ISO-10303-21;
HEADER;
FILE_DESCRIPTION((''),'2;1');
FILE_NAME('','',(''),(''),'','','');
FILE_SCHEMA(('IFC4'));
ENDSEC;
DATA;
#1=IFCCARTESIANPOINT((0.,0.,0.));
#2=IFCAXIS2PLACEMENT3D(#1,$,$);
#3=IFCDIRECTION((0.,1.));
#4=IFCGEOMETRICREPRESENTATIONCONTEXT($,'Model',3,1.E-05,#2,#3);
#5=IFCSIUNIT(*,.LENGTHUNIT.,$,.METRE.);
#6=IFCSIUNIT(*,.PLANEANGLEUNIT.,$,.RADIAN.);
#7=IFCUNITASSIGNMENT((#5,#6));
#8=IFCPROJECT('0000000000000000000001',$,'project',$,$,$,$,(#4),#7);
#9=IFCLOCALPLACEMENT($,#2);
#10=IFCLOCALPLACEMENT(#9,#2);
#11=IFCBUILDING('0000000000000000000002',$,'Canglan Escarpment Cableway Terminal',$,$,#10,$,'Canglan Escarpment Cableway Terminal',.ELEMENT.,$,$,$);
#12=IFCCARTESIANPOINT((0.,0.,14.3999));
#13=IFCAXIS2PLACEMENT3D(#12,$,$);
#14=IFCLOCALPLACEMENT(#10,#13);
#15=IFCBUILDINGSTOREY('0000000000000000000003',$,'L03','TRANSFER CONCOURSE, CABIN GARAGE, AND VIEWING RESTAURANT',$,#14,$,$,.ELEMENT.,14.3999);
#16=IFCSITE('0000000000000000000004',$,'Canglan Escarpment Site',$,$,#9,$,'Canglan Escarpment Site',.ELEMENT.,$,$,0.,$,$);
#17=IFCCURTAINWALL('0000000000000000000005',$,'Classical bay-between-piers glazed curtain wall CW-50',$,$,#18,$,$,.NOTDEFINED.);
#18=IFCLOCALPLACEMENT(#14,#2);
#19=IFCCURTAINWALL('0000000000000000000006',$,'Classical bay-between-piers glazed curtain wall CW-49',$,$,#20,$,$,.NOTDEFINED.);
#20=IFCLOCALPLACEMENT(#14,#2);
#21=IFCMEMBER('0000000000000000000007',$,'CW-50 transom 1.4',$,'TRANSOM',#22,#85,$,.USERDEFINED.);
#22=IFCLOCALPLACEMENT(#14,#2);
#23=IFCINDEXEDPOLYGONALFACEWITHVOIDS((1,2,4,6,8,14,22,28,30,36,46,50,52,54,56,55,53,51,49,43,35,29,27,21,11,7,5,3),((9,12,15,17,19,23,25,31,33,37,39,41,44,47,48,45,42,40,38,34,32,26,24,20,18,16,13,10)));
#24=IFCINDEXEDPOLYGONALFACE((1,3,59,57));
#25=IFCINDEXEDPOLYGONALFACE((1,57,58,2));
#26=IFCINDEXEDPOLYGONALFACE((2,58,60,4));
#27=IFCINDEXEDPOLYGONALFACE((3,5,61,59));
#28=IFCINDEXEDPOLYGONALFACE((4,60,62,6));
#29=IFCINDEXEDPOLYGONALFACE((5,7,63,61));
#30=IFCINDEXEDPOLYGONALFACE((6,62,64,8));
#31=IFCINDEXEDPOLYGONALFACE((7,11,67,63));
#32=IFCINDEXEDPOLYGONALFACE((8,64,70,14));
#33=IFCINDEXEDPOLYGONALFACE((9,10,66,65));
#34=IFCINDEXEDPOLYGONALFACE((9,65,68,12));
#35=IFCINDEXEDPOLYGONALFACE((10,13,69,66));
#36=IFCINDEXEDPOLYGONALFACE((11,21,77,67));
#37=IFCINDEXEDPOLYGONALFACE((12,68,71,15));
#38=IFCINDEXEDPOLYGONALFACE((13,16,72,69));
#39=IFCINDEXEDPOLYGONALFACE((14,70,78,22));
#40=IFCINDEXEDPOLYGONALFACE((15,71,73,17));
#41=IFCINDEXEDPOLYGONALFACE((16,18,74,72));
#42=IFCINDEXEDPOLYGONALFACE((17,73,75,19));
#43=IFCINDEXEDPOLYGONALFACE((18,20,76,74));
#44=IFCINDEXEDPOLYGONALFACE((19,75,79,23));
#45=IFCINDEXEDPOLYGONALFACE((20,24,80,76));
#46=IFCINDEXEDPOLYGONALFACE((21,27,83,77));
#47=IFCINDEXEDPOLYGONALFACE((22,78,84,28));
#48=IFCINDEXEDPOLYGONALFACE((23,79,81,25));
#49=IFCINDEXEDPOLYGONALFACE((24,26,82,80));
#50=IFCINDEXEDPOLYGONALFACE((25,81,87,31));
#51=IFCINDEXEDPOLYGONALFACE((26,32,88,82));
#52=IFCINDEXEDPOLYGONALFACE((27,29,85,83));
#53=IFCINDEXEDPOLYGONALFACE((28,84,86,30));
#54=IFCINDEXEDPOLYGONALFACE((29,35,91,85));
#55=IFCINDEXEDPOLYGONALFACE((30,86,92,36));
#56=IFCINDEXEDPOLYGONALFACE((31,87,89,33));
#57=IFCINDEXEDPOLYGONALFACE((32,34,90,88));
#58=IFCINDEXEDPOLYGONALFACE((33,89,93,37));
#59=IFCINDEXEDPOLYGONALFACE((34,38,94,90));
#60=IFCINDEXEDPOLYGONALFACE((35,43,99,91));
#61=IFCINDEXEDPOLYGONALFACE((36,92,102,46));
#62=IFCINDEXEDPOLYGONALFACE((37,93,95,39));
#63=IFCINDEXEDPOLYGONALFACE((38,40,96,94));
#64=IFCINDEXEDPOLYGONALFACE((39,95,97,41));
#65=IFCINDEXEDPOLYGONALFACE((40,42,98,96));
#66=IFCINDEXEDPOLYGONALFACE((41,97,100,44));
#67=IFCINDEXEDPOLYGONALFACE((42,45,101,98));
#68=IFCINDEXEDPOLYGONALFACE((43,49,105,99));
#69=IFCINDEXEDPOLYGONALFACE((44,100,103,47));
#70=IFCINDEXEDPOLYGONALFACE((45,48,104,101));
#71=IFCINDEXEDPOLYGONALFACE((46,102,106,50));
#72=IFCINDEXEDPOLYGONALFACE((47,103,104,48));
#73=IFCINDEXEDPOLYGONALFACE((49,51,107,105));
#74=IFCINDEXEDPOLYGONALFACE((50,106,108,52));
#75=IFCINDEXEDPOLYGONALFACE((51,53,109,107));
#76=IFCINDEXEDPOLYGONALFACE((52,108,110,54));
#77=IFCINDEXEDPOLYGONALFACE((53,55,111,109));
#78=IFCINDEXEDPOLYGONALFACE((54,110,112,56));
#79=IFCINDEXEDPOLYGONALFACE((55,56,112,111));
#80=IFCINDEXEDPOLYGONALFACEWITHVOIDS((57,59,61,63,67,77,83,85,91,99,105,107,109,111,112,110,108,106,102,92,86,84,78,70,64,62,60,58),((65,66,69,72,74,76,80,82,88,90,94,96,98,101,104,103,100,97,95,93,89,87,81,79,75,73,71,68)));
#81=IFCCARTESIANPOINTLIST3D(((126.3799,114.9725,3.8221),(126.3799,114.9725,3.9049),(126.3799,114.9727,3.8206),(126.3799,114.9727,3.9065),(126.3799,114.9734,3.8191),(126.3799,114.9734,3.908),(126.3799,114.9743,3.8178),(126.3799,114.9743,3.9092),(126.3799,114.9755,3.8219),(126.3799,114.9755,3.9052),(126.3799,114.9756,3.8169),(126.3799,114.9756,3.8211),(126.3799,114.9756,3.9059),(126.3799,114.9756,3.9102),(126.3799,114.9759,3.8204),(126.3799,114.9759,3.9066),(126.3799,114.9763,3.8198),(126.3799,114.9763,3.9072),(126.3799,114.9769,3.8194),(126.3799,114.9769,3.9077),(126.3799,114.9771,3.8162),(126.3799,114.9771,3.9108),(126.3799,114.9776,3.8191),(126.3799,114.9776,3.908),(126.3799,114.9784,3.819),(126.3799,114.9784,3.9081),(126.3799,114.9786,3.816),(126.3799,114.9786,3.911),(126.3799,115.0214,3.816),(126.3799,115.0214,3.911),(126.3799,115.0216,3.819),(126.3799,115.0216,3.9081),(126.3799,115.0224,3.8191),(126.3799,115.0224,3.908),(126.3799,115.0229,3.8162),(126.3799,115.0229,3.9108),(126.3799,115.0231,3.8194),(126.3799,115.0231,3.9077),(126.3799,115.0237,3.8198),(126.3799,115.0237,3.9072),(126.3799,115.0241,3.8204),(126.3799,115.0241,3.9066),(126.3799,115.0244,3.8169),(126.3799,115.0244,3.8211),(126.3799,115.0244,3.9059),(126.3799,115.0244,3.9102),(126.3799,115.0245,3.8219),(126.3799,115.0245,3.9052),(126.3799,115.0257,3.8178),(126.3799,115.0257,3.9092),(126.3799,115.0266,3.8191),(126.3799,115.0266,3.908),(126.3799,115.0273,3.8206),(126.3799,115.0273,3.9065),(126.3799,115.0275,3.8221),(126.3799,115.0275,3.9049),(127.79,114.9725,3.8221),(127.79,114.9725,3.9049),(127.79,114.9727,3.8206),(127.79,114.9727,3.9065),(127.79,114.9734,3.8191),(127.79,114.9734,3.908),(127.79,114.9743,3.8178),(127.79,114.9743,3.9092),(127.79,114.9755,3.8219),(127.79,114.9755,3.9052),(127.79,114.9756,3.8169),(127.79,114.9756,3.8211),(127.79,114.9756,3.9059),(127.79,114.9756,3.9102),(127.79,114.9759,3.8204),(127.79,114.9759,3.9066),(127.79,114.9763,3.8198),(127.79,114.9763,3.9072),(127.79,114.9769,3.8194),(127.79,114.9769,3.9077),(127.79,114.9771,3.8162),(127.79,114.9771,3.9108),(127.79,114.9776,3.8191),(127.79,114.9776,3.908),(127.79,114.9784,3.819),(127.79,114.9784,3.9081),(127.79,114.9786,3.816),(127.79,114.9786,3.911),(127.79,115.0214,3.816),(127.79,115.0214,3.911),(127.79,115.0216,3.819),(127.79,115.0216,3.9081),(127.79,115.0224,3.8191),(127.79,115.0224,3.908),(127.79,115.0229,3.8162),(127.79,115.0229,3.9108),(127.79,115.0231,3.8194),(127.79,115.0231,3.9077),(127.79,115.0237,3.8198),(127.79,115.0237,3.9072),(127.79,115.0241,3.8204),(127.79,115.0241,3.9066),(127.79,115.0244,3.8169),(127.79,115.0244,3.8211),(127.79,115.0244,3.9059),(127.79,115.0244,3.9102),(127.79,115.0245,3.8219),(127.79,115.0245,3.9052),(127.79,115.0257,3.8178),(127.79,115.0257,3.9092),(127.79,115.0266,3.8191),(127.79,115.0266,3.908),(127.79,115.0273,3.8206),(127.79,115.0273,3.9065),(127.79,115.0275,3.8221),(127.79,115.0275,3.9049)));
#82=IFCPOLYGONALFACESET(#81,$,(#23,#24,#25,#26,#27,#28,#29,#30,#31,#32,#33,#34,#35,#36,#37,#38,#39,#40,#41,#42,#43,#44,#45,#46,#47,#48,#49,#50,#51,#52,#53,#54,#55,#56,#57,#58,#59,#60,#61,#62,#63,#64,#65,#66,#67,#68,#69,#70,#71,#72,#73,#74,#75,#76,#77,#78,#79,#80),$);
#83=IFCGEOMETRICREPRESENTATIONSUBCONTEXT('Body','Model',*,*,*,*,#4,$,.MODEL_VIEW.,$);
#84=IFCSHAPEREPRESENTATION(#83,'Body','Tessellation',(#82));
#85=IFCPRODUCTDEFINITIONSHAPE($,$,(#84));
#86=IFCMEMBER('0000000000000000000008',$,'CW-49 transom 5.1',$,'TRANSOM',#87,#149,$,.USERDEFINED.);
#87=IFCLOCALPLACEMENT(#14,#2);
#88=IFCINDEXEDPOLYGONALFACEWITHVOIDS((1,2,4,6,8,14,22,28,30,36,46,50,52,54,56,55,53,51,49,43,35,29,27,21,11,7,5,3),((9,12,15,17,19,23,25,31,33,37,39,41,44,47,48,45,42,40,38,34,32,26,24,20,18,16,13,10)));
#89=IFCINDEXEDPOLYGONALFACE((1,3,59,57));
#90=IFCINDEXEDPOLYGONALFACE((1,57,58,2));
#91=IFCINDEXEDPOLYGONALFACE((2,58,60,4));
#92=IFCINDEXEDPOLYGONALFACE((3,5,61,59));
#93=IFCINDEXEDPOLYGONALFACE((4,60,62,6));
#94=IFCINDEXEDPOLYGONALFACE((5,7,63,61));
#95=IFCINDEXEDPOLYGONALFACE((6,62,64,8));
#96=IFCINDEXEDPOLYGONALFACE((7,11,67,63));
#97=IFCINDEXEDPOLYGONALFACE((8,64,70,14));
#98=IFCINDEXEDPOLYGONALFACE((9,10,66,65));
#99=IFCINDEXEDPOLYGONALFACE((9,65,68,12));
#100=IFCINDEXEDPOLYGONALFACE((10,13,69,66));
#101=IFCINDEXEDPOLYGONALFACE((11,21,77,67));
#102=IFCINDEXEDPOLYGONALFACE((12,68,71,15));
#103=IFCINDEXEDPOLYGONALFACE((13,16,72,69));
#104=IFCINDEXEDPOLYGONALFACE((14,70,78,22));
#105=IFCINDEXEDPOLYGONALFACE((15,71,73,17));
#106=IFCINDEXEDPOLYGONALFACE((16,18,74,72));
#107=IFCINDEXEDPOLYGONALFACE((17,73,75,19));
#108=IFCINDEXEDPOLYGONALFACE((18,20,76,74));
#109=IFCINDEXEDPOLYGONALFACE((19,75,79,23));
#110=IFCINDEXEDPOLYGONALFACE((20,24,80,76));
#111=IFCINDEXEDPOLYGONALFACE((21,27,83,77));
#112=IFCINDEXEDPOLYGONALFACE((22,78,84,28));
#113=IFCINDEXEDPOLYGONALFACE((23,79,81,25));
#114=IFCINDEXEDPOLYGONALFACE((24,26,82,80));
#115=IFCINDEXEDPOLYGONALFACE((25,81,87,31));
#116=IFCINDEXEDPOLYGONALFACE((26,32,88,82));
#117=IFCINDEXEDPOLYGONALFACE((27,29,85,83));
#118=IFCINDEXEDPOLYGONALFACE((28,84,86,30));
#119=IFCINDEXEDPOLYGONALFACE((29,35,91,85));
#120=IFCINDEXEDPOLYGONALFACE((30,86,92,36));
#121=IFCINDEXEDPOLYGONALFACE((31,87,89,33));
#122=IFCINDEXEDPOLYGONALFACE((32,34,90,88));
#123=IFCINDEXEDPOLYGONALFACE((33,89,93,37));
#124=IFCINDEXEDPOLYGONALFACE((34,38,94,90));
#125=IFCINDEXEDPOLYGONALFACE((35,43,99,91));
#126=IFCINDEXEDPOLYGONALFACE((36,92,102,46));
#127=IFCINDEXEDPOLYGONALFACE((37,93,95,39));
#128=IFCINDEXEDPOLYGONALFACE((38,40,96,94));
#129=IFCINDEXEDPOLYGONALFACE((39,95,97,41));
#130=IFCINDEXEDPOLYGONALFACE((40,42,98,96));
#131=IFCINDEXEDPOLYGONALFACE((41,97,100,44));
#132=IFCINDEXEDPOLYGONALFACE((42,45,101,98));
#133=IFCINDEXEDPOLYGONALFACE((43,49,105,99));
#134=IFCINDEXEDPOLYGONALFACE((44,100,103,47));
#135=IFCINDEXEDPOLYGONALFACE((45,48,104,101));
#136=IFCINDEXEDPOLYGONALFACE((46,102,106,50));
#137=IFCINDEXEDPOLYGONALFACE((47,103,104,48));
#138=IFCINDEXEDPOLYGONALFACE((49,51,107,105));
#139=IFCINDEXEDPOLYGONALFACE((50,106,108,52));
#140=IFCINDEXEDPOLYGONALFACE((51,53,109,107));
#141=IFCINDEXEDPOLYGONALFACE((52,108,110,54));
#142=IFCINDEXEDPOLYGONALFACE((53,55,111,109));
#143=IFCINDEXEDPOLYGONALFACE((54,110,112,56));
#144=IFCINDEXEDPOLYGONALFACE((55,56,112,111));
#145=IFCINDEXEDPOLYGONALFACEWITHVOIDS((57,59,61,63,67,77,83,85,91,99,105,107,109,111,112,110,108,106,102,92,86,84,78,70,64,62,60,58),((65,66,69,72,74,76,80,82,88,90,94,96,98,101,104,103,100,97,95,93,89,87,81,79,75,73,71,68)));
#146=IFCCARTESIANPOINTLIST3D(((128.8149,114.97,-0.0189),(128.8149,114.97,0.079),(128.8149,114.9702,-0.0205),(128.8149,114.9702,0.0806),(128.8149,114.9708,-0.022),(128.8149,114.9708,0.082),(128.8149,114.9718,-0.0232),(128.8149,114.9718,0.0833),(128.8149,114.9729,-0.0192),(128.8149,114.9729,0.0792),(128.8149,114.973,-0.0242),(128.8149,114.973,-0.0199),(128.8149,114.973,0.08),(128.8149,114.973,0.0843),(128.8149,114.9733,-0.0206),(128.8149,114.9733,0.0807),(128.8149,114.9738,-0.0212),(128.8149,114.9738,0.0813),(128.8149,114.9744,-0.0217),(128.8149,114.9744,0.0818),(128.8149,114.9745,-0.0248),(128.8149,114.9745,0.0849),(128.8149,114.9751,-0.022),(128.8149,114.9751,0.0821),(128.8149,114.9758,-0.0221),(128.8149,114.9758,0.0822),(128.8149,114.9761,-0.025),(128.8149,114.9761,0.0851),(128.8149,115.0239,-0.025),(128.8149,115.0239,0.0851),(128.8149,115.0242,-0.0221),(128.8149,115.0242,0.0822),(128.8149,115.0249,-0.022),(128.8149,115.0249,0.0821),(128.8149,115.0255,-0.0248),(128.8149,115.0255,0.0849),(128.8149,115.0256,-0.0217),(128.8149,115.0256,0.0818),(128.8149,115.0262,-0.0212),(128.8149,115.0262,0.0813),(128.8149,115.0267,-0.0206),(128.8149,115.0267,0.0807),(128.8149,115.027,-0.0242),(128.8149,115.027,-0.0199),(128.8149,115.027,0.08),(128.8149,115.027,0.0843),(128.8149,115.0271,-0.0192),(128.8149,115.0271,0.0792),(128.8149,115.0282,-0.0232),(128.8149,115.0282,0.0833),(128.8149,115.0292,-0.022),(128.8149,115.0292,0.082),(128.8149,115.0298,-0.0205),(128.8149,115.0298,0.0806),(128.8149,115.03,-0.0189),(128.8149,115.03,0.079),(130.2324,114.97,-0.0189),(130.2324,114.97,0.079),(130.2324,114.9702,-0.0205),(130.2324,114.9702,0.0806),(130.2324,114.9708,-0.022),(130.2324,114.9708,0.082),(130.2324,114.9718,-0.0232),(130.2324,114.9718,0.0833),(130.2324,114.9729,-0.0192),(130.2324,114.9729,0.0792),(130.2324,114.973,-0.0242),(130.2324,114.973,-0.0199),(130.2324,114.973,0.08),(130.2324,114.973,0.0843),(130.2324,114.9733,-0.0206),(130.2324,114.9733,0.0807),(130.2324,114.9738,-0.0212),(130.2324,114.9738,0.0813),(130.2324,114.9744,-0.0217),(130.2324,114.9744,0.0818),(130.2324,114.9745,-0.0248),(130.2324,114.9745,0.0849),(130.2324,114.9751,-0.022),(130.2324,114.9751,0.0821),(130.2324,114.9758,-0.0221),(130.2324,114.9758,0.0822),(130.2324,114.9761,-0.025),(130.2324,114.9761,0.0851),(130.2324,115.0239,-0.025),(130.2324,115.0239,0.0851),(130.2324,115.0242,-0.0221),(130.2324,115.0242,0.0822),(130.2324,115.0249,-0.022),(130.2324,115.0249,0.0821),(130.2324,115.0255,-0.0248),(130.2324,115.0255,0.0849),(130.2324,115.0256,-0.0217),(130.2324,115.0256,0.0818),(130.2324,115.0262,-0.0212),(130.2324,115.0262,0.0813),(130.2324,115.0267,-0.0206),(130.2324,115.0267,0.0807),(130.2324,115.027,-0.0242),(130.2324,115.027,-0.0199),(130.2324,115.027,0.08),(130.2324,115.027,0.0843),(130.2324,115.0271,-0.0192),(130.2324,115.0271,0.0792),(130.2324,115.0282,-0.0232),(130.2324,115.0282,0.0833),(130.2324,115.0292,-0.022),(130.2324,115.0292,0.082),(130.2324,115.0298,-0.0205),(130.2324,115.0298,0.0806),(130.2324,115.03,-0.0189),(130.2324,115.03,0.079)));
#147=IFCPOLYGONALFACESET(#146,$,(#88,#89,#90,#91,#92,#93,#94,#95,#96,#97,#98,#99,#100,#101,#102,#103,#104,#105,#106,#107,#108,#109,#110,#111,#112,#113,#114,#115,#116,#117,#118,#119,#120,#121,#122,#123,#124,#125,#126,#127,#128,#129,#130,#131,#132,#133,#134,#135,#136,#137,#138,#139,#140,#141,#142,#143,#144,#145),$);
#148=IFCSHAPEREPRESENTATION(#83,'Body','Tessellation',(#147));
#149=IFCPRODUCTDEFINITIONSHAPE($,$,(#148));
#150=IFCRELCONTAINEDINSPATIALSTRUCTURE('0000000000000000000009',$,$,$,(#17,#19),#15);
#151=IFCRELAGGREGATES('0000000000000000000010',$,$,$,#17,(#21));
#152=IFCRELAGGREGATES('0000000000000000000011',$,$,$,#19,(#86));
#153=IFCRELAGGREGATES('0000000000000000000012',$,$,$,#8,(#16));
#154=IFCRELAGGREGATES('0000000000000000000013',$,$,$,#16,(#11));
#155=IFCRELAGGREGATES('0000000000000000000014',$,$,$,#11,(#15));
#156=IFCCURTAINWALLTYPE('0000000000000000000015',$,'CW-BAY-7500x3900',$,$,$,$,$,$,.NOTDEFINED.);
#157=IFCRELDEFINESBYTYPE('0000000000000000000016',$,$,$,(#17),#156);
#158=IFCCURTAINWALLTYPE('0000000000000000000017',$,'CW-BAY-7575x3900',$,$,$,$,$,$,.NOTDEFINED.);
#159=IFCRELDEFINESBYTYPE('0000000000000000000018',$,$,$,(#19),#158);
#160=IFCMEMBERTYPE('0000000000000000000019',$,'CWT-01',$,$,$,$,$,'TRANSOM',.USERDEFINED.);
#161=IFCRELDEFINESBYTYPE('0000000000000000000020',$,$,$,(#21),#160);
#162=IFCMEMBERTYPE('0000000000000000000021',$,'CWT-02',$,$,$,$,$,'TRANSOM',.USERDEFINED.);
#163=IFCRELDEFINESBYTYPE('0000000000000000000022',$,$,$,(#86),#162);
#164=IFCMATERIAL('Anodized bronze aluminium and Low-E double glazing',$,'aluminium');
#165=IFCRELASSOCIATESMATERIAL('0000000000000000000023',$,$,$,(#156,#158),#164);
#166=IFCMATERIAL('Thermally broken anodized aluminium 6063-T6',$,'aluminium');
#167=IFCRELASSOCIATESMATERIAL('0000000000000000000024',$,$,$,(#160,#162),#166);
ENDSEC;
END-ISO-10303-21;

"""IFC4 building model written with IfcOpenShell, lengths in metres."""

from ifc_helpers import new_model, si_unit, direction, frame, origin, origin_2d, place, context, subcontext, project, spatial, hollow_rectangle, extrude, material, material_profile, profile_set, type_object, element, aggregate, save


model = new_model("IFC4")

# Units and contexts
model_context = context("Model", 3, precision=1e-05, world=origin(), true_north=direction((0.0, 1.0)))
body_context = subcontext(model_context, "Body", "Model", "MODEL_VIEW")
ifc_project = project(units=[si_unit("LENGTHUNIT", "METRE"), si_unit("PLANEANGLEUNIT", "RADIAN")], contexts=[model_context])

# Site, building, storey
site_placement = place(None, origin())
site = spatial("IfcSite", under=ifc_project, at=site_placement, Name="Canglan Escarpment Site", LongName="Canglan Escarpment Site", CompositionType="ELEMENT", RefElevation=0.0)
building_placement = place(site_placement, origin())
building = spatial("IfcBuilding", under=site, at=building_placement, Name="Canglan Escarpment Cableway Terminal", LongName="Canglan Escarpment Cableway Terminal", CompositionType="ELEMENT")
storey_placement = place(building_placement, frame((0.0, 0.0, 14.3999)))
storey = spatial("IfcBuildingStorey", under=building, at=storey_placement, Name="L03", Description="TRANSFER CONCOURSE, CABIN GARAGE, AND VIEWING RESTAURANT", CompositionType="ELEMENT", Elevation=14.3999)

# Curtain wall
ifc_material_1 = material(Name="Anodized bronze aluminium and Low-E double glazing", Category="aluminium")
curtain_wall_type_1 = type_object("IfcCurtainWallType", Name="CW-BAY-7500x3900", PredefinedType="NOTDEFINED", material=ifc_material_1)
curtain_wall_1_placement = place(storey_placement, origin())
curtain_wall_1 = element("IfcCurtainWall", 1, at=curtain_wall_1_placement, inside=storey, type_object=curtain_wall_type_1, Name="Classical bay-between-piers glazed curtain wall CW-50", PredefinedType="NOTDEFINED")
ifc_material_2 = material(Name="Thermally broken anodized aluminium 6063-T6", Category="aluminium")

# Curtain wall
curtain_wall_type_2 = type_object("IfcCurtainWallType", Name="CW-BAY-7575x3900", PredefinedType="NOTDEFINED", material=ifc_material_1)
curtain_wall_2_placement = place(storey_placement, origin())
curtain_wall_2 = element("IfcCurtainWall", 2, at=curtain_wall_2_placement, inside=storey, type_object=curtain_wall_type_2, Name="Classical bay-between-piers glazed curtain wall CW-49", PredefinedType="NOTDEFINED")

# Members
ifc_material_profile_1 = material_profile(ifc_material_2, hollow_rectangle(XDim=0.0549, YDim=0.095, WallThickness=0.0029, InnerFilletRadius=0.0029, OuterFilletRadius=0.0061, at=origin_2d()), Name="ALU-TRAN 55x95x3")
ifc_profile_set_1 = profile_set([ifc_material_profile_1], Name="Thermally broken anodized aluminium 6063-T6")
member_type_1 = type_object("IfcMemberType", Name="CWT-01", ElementType="TRANSOM", PredefinedType="USERDEFINED", material=ifc_profile_set_1)
member_1_placement = place(storey_placement, frame((127.79, 115.0, 3.8635), z_axis=(-1.0, 0.0, 0.0), x_axis=(0.0, -1.0, 0.0)))
member_1 = element("IfcMember", 3, at=member_1_placement, type_object=member_type_1, Name="CW-50 transom 1.4", ObjectType="TRANSOM", PredefinedType="USERDEFINED", context=body_context, shape_type="SweptSolid", body=[
    extrude(hollow_rectangle(XDim=0.0549, YDim=0.095, WallThickness=0.0029, InnerFilletRadius=0.0029, OuterFilletRadius=0.0061, at=origin_2d()), origin(), (0.0, 0.0, 1.0), 1.4102),
])
ifc_material_profile_2 = material_profile(ifc_material_2, hollow_rectangle(XDim=0.0601, YDim=0.1101, WallThickness=0.0029, InnerFilletRadius=0.0029, OuterFilletRadius=0.0061, at=origin_2d()), Name="ALU-TRAN 60x110x3")
ifc_profile_set_2 = profile_set([ifc_material_profile_2], Name="Thermally broken anodized aluminium 6063-T6")
member_type_2 = type_object("IfcMemberType", Name="CWT-02", ElementType="TRANSOM", PredefinedType="USERDEFINED", material=ifc_profile_set_2)
member_2_placement = place(storey_placement, frame((130.2324, 115.0, 0.03), z_axis=(-1.0, 0.0, 0.0), x_axis=(0.0, -1.0, 0.0)))
member_2 = element("IfcMember", 4, at=member_2_placement, type_object=member_type_2, Name="CW-49 transom 5.1", ObjectType="TRANSOM", PredefinedType="USERDEFINED", context=body_context, shape_type="SweptSolid", body=[
    extrude(hollow_rectangle(XDim=0.0601, YDim=0.1101, WallThickness=0.0029, InnerFilletRadius=0.0029, OuterFilletRadius=0.0061, at=origin_2d()), origin(), (0.0, 0.0, 1.0), 1.4175),
])

aggregate(curtain_wall_1, [member_1])
aggregate(curtain_wall_2, [member_2])

save(model, "model.ifc")
